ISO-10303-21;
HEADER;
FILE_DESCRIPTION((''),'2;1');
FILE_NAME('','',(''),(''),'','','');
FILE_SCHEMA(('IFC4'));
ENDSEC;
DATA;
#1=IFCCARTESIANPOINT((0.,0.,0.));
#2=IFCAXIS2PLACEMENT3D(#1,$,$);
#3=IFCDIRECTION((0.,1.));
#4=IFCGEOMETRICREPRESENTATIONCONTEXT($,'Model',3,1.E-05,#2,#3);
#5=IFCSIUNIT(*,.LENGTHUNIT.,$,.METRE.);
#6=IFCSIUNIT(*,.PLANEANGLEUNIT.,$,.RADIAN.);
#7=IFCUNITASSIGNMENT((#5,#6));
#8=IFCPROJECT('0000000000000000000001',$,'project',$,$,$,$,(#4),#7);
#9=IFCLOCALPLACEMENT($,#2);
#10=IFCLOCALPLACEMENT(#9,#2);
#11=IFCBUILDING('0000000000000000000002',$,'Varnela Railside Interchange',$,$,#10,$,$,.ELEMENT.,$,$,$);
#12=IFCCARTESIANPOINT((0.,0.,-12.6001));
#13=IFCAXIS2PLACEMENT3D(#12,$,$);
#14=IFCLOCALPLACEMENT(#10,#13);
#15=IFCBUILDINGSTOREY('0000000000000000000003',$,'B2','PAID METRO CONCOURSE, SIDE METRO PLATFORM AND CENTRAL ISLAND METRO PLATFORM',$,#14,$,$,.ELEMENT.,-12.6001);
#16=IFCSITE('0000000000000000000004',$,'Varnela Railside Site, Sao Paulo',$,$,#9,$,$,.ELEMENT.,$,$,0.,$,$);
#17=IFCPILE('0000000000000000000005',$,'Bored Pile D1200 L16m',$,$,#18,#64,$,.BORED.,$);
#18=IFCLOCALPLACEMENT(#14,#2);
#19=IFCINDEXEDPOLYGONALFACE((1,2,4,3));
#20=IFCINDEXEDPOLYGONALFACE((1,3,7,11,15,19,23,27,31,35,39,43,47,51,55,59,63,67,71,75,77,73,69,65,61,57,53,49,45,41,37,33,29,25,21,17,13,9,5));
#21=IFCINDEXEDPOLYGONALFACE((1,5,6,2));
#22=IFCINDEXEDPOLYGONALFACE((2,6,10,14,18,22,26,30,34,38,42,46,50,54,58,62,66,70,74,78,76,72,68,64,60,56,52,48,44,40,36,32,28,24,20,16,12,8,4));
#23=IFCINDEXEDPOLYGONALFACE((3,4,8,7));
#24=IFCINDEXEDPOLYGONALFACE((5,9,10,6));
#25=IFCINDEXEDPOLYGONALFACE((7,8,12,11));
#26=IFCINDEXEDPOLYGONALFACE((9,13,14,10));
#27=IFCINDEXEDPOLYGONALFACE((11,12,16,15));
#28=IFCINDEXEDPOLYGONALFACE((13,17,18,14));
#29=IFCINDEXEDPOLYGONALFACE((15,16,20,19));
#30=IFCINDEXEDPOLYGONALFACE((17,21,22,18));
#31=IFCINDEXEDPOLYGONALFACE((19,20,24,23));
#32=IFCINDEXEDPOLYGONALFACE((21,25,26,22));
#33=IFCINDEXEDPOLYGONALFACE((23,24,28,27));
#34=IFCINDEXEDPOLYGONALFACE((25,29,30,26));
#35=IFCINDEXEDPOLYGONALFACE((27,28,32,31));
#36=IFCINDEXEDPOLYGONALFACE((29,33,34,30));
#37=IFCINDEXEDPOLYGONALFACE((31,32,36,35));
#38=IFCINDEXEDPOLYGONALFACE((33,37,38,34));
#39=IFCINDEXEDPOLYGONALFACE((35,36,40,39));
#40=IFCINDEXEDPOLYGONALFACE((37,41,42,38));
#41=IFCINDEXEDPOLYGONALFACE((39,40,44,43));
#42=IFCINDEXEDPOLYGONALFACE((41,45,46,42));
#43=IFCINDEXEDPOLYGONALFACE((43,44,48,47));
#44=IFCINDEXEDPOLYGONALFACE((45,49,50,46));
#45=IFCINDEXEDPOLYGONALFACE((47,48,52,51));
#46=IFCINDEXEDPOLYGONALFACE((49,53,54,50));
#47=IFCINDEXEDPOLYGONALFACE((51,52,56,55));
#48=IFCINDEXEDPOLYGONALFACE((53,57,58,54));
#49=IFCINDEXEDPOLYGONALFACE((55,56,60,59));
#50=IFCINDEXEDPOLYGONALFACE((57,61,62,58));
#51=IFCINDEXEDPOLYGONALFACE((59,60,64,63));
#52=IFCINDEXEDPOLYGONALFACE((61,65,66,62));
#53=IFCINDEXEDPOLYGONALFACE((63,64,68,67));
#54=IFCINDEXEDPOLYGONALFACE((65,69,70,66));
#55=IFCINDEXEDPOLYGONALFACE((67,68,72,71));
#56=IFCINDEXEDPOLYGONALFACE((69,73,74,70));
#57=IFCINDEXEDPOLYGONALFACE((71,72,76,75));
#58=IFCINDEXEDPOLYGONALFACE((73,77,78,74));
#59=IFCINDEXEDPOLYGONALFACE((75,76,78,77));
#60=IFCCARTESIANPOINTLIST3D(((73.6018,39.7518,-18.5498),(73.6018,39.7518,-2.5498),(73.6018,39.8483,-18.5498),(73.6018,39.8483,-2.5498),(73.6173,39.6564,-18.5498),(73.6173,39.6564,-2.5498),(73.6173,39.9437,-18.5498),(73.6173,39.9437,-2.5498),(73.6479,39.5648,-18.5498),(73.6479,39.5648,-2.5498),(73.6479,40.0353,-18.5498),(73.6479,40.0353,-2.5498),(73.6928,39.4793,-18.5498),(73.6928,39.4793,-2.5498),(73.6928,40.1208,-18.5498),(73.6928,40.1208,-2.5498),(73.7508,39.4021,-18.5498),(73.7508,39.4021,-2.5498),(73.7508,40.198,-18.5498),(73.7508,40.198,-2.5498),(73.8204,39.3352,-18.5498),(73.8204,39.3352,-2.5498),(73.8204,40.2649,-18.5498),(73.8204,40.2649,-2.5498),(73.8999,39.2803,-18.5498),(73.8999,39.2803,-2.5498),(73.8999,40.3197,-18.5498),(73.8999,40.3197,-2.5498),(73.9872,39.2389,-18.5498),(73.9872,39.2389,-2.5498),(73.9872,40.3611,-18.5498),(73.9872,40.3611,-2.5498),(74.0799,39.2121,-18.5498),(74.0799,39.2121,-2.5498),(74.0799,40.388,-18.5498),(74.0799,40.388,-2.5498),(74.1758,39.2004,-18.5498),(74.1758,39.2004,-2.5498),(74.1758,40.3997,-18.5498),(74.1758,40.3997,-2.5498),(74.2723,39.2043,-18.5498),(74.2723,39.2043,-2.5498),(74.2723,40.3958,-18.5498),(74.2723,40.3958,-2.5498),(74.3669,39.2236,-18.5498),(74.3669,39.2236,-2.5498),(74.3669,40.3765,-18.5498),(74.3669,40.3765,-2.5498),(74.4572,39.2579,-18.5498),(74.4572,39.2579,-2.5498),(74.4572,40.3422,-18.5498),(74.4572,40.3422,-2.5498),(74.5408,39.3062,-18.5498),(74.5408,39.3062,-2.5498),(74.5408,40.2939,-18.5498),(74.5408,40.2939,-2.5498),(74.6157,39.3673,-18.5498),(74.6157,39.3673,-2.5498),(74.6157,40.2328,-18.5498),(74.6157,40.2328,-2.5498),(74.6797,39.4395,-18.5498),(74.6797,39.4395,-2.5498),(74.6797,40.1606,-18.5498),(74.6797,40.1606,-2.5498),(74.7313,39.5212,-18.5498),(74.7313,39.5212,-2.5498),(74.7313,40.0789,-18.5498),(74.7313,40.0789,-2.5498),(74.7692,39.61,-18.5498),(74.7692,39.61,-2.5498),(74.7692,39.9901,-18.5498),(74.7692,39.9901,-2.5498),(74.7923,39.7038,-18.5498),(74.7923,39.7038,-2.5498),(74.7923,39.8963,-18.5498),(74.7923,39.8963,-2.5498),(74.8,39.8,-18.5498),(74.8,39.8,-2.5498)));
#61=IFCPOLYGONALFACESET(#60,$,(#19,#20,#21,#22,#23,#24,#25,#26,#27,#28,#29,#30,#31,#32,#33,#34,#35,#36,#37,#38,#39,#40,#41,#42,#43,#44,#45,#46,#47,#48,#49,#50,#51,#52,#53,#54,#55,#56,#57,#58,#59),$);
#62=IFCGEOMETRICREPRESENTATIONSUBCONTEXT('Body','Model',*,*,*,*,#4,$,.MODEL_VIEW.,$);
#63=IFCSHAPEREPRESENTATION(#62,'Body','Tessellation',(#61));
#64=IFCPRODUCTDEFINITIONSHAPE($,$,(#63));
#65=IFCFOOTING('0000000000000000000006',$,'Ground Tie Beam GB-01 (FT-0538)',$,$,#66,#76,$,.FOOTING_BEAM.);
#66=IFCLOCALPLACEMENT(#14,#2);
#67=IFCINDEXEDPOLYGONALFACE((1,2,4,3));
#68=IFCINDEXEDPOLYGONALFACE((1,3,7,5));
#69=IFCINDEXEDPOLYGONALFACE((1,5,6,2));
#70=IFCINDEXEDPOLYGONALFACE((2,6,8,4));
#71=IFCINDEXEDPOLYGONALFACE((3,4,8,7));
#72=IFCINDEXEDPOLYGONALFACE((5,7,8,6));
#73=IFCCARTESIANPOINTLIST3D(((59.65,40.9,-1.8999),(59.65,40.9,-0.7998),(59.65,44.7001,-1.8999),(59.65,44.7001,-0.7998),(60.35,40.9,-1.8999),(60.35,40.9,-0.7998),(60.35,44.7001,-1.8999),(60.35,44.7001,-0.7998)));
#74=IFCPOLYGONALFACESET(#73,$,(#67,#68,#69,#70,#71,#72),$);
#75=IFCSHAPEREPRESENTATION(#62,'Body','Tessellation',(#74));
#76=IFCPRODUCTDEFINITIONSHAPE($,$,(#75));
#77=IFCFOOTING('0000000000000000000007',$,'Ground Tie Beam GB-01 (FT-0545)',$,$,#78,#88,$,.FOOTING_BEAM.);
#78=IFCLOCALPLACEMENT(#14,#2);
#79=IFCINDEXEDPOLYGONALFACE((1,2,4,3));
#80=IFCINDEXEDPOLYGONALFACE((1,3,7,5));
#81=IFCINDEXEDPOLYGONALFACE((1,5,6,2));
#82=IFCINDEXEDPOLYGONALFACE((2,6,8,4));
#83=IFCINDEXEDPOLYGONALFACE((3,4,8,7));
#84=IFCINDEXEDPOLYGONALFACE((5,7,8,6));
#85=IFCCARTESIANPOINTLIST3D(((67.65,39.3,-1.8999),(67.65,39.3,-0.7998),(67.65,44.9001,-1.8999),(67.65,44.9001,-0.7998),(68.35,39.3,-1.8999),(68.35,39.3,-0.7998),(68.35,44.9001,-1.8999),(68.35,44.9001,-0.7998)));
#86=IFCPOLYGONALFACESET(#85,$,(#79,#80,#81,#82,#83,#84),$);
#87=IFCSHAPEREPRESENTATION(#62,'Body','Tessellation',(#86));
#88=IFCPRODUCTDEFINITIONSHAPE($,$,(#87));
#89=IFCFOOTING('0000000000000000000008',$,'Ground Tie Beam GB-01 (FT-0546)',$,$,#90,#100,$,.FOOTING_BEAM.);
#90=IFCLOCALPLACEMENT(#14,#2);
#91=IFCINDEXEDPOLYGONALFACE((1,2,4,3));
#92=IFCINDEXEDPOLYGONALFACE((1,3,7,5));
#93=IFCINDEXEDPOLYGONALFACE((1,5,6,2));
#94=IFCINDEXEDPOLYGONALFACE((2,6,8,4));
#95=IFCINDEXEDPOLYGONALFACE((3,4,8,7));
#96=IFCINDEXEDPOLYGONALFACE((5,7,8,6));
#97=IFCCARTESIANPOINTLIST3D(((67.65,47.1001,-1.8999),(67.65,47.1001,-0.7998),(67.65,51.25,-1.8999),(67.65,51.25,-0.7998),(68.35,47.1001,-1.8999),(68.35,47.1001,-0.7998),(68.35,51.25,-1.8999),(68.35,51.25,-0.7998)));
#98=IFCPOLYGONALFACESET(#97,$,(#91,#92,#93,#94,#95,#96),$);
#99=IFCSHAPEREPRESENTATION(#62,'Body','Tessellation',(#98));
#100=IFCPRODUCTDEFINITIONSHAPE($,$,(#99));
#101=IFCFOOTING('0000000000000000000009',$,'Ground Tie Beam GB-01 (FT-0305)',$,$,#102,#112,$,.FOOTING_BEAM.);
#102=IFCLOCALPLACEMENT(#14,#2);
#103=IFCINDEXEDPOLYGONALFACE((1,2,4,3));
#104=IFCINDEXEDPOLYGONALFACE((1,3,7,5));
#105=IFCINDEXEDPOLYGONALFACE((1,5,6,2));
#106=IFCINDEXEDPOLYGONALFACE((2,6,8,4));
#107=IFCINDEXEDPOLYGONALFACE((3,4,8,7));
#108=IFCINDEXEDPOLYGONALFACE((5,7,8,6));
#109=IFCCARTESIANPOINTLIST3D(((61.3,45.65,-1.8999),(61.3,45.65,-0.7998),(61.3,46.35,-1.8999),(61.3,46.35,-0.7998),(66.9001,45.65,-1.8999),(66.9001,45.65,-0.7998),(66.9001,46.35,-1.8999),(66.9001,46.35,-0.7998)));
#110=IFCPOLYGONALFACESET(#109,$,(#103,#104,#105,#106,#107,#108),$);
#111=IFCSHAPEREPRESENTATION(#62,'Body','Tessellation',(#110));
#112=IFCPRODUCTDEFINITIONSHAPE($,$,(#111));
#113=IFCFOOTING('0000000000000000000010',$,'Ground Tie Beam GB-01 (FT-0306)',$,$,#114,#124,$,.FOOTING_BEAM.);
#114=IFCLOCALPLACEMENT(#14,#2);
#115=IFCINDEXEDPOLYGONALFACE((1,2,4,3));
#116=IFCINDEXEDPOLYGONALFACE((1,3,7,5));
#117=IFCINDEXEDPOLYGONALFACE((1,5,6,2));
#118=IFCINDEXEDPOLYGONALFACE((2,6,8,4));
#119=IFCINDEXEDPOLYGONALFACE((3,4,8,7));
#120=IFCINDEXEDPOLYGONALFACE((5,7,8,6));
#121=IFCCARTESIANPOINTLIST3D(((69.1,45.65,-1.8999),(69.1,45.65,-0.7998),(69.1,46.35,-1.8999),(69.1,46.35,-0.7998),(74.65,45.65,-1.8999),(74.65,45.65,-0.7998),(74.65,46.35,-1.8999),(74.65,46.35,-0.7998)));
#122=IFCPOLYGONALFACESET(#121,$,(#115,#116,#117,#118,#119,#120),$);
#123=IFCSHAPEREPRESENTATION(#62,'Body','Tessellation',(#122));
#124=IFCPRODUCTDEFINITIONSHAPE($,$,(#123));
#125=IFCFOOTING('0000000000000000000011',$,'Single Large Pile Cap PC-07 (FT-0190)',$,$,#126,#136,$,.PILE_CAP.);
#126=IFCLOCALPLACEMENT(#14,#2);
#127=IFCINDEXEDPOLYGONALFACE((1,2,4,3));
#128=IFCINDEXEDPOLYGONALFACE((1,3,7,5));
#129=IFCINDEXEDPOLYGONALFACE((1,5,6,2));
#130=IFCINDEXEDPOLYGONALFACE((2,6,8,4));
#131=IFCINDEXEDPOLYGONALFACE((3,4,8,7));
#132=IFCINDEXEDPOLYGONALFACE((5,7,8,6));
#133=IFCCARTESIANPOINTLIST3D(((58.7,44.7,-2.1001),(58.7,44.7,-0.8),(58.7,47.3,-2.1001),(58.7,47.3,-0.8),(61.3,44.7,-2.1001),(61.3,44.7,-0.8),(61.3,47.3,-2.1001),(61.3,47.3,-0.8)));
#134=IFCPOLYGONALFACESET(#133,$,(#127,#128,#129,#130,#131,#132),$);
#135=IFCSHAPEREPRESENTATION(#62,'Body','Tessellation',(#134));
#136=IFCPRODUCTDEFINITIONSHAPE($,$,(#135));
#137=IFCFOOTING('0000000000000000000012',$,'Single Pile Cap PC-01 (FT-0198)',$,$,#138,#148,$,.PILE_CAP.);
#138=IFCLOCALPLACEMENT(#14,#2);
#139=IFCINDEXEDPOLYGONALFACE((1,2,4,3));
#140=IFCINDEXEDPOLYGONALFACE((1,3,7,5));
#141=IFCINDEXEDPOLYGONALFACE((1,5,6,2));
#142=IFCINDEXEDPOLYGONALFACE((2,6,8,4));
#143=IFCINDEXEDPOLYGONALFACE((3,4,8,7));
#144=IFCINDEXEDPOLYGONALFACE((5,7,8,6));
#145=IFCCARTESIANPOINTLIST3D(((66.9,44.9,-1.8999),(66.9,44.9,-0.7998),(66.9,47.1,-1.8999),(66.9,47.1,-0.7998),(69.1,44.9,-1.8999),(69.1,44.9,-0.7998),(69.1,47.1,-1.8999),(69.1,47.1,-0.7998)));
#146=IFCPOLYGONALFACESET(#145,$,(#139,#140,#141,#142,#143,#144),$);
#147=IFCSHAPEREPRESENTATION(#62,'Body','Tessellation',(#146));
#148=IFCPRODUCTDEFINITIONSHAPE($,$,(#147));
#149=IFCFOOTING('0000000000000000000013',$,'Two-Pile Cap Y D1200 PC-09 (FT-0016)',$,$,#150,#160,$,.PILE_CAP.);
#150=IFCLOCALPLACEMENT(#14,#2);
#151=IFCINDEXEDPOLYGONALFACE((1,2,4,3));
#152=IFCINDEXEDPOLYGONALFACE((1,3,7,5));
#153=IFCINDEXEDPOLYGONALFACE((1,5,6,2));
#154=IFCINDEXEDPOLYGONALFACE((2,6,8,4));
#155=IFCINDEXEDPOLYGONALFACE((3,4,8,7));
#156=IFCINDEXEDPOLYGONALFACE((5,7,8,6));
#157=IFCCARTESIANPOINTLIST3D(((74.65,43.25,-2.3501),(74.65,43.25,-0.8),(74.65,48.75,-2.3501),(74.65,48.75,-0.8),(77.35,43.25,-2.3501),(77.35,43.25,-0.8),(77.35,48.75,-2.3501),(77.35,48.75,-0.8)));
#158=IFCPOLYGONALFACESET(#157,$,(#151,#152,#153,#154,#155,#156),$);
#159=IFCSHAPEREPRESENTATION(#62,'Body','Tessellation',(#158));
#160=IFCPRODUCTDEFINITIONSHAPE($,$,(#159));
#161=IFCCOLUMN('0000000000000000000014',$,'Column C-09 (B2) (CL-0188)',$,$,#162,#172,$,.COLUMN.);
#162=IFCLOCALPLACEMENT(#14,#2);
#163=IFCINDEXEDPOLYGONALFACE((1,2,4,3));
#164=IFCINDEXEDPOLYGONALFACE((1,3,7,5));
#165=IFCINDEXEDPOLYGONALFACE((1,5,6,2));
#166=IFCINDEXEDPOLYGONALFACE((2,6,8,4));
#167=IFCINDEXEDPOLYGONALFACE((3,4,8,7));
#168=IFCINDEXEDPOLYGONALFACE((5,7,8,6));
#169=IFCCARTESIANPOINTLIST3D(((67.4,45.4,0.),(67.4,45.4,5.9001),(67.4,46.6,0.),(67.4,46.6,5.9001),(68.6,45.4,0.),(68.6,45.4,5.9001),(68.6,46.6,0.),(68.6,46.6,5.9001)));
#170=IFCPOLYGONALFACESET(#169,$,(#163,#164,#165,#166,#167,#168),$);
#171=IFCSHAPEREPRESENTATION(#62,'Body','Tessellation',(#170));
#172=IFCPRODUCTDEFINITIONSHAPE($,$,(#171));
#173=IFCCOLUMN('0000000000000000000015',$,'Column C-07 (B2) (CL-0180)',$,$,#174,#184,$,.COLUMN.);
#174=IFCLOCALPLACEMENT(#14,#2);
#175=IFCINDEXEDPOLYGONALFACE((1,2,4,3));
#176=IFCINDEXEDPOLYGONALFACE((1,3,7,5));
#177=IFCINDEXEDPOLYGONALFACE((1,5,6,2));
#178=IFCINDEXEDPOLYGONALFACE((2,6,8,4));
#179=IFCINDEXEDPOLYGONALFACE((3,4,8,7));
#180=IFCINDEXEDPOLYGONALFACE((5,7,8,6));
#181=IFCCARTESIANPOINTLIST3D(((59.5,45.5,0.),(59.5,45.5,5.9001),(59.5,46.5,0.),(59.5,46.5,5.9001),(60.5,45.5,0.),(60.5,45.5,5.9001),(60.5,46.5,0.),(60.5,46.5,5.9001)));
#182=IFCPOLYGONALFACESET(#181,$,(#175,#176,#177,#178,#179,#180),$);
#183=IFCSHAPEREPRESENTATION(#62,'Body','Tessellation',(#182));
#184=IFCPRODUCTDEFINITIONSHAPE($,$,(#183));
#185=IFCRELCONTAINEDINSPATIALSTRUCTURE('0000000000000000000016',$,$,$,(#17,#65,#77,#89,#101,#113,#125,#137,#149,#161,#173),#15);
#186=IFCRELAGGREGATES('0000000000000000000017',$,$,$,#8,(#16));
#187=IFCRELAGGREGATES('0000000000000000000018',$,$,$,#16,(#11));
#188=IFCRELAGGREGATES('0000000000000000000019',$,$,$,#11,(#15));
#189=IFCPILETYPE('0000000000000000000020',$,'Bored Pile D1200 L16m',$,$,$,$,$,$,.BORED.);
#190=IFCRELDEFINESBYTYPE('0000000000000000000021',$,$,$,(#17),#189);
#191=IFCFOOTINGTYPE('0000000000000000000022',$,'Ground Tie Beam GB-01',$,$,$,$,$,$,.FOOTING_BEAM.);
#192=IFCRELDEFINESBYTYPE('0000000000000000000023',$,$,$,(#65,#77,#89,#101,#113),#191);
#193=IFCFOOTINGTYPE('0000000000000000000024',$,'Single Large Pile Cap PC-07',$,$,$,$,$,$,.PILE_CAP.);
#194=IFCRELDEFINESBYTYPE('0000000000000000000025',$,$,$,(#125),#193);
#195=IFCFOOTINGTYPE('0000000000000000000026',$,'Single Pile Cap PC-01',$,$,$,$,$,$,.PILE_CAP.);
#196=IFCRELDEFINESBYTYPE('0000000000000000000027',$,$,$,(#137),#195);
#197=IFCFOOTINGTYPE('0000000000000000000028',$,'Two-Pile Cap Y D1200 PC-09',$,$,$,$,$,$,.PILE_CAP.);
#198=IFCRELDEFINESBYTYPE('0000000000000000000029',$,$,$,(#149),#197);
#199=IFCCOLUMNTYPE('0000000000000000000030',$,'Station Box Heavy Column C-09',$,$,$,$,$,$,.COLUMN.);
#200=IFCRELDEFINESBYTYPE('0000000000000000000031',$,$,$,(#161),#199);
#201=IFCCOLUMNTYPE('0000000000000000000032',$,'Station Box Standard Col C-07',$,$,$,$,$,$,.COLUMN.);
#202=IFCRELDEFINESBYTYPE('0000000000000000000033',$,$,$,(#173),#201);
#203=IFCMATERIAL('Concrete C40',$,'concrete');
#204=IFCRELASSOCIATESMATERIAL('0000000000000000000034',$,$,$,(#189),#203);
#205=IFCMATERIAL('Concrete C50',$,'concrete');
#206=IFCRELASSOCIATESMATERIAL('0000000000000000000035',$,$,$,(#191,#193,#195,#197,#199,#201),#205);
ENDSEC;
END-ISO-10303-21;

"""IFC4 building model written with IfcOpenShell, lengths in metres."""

from ifc_helpers import new_model, si_unit, direction, frame, origin, origin_2d, place, context, subcontext, project, spatial, rectangle, circle, extrude, material, material_profile, profile_set, type_object, element, save


model = new_model("IFC4")

# Units and contexts
model_context = context("Model", 3, precision=1e-05, world=origin(), true_north=direction((0.0, 1.0)))
body_context = subcontext(model_context, "Body", "Model", "MODEL_VIEW")
ifc_project = project(units=[si_unit("LENGTHUNIT", "METRE"), si_unit("PLANEANGLEUNIT", "RADIAN")], contexts=[model_context])

# Site, building, storey
site_placement = place(None, origin())
site = spatial("IfcSite", under=ifc_project, at=site_placement, Name="Varnela Railside Site, Sao Paulo", CompositionType="ELEMENT", RefElevation=0.0)
building_placement = place(site_placement, origin())
building = spatial("IfcBuilding", under=site, at=building_placement, Name="Varnela Railside Interchange", CompositionType="ELEMENT")
storey_placement = place(building_placement, frame((0.0, 0.0, -12.6001)))
storey = spatial("IfcBuildingStorey", under=building, at=storey_placement, Name="B2", Description="PAID METRO CONCOURSE, SIDE METRO PLATFORM AND CENTRAL ISLAND METRO PLATFORM", CompositionType="ELEMENT", Elevation=-12.6001)

# Shared definitions
ifc_material_1 = material(Name="Concrete C50", Category="concrete")

# Pile
ifc_material_2 = material(Name="Concrete C40", Category="concrete")
ifc_material_profile_1 = material_profile(ifc_material_2, circle(Radius=0.6001, at=origin_2d()), Name="BORED PILE D1200")
ifc_profile_set_1 = profile_set([ifc_material_profile_1], Name="Concrete C40")
pile_type_1 = type_object("IfcPileType", Name="Bored Pile D1200 L16m", PredefinedType="BORED", material=ifc_profile_set_1)
for number, where, z_axis, x_axis, name in (
    (1, (74.2, 39.8, -2.5498), (0.0, 0.0, -1.0), (1.0, 0.0, 0.0), "Bored Pile D1200 L16m"),
):
    element("IfcPile", number, at=place(storey_placement, frame(where, z_axis=z_axis, x_axis=x_axis)), inside=storey, type_object=pile_type_1, Name=name, PredefinedType="BORED", context=body_context, shape_type="SweptSolid", body=[
        extrude(circle(Radius=0.6001, at=origin_2d()), origin(), (0.0, 0.0, 1.0), 16.0),
    ])

# Footings
footing_type_1 = type_object("IfcFootingType", Name="Ground Tie Beam GB-01", PredefinedType="FOOTING_BEAM", material=ifc_material_1)
footing_1_placement = place(storey_placement, frame((60.0, 42.8, -1.8999), z_axis=(0.0, 0.0, 1.0), x_axis=(1.0, 0.0, 0.0)))
element("IfcFooting", 2, at=footing_1_placement, inside=storey, type_object=footing_type_1, Name="Ground Tie Beam GB-01 (FT-0538)", PredefinedType="FOOTING_BEAM", context=body_context, shape_type="SweptSolid", body=[
    extrude(rectangle(XDim=0.7, YDim=3.8, at=origin_2d()), origin(), (0.0, 0.0, 1.0), 1.1001),
])
footing_2_placement = place(storey_placement, frame((68.0, 42.1001, -1.8999), z_axis=(0.0, 0.0, 1.0), x_axis=(1.0, 0.0, 0.0)))
element("IfcFooting", 3, at=footing_2_placement, inside=storey, type_object=footing_type_1, Name="Ground Tie Beam GB-01 (FT-0545)", PredefinedType="FOOTING_BEAM", context=body_context, shape_type="SweptSolid", body=[
    extrude(rectangle(XDim=0.7, YDim=5.6001, at=origin_2d()), origin(), (0.0, 0.0, 1.0), 1.1001),
])
footing_3_placement = place(storey_placement, frame((68.0, 49.175, -1.8999), z_axis=(0.0, 0.0, 1.0), x_axis=(1.0, 0.0, 0.0)))
element("IfcFooting", 4, at=footing_3_placement, inside=storey, type_object=footing_type_1, Name="Ground Tie Beam GB-01 (FT-0546)", PredefinedType="FOOTING_BEAM", context=body_context, shape_type="SweptSolid", body=[
    extrude(rectangle(XDim=0.7, YDim=4.1499, at=origin_2d()), origin(), (0.0, 0.0, 1.0), 1.1001),
])
footing_4_placement = place(storey_placement, frame((64.1001, 46.0, -1.8999), z_axis=(0.0, 0.0, 1.0), x_axis=(1.0, 0.0, 0.0)))
element("IfcFooting", 5, at=footing_4_placement, inside=storey, type_object=footing_type_1, Name="Ground Tie Beam GB-01 (FT-0305)", PredefinedType="FOOTING_BEAM", context=body_context, shape_type="SweptSolid", body=[
    extrude(rectangle(XDim=5.6001, YDim=0.7, at=origin_2d()), origin(), (0.0, 0.0, 1.0), 1.1001),
])
footing_5_placement = place(storey_placement, frame((71.875, 46.0, -1.8999), z_axis=(0.0, 0.0, 1.0), x_axis=(1.0, 0.0, 0.0)))
element("IfcFooting", 6, at=footing_5_placement, inside=storey, type_object=footing_type_1, Name="Ground Tie Beam GB-01 (FT-0306)", PredefinedType="FOOTING_BEAM", context=body_context, shape_type="SweptSolid", body=[
    extrude(rectangle(XDim=5.55, YDim=0.7, at=origin_2d()), origin(), (0.0, 0.0, 1.0), 1.1001),
])
footing_type_2 = type_object("IfcFootingType", Name="Single Large Pile Cap PC-07", PredefinedType="PILE_CAP", material=ifc_material_1)
footing_6_placement = place(storey_placement, frame((60.0, 46.0, -2.1001), z_axis=(0.0, 0.0, 1.0), x_axis=(1.0, 0.0, 0.0)))
element("IfcFooting", 7, at=footing_6_placement, inside=storey, type_object=footing_type_2, Name="Single Large Pile Cap PC-07 (FT-0190)", PredefinedType="PILE_CAP", context=body_context, shape_type="SweptSolid", body=[
    extrude(rectangle(XDim=2.6001, YDim=2.6001, at=origin_2d()), origin(), (0.0, 0.0, 1.0), 1.3),
])
footing_type_3 = type_object("IfcFootingType", Name="Single Pile Cap PC-01", PredefinedType="PILE_CAP", material=ifc_material_1)
footing_7_placement = place(storey_placement, frame((68.0, 46.0, -1.8999), z_axis=(0.0, 0.0, 1.0), x_axis=(1.0, 0.0, 0.0)))
element("IfcFooting", 8, at=footing_7_placement, inside=storey, type_object=footing_type_3, Name="Single Pile Cap PC-01 (FT-0198)", PredefinedType="PILE_CAP", context=body_context, shape_type="SweptSolid", body=[
    extrude(rectangle(XDim=2.2, YDim=2.2, at=origin_2d()), origin(), (0.0, 0.0, 1.0), 1.1001),
])
footing_type_4 = type_object("IfcFootingType", Name="Two-Pile Cap Y D1200 PC-09", PredefinedType="PILE_CAP", material=ifc_material_1)
footing_8_placement = place(storey_placement, frame((76.0, 46.0, -2.3501), z_axis=(0.0, 0.0, 1.0), x_axis=(1.0, 0.0, 0.0)))
element("IfcFooting", 9, at=footing_8_placement, inside=storey, type_object=footing_type_4, Name="Two-Pile Cap Y D1200 PC-09 (FT-0016)", PredefinedType="PILE_CAP", context=body_context, shape_type="SweptSolid", body=[
    extrude(rectangle(XDim=2.7, YDim=5.5, at=origin_2d()), origin(), (0.0, 0.0, 1.0), 1.55),
])

# Columns
ifc_material_profile_2 = material_profile(ifc_material_1, rectangle(XDim=1.2, YDim=1.2, at=origin_2d()), Name="RC 1200x1200")
ifc_profile_set_2 = profile_set([ifc_material_profile_2], Name="Concrete C50")
column_type_1 = type_object("IfcColumnType", Name="Station Box Heavy Column C-09", PredefinedType="COLUMN", material=ifc_profile_set_2)
column_1_placement = place(storey_placement, frame((68.0, 46.0, 0.0), z_axis=(0.0, 0.0, 1.0), x_axis=(1.0, 0.0, 0.0)))
element("IfcColumn", 10, at=column_1_placement, inside=storey, type_object=column_type_1, Name="Column C-09 (B2) (CL-0188)", PredefinedType="COLUMN", context=body_context, shape_type="SweptSolid", body=[
    extrude(rectangle(XDim=1.2, YDim=1.2, at=origin_2d()), origin(), (0.0, 0.0, 1.0), 5.9001),
])
ifc_material_profile_3 = material_profile(ifc_material_1, rectangle(XDim=1.0, YDim=1.0, at=origin_2d()), Name="RC 1000x1000")
ifc_profile_set_3 = profile_set([ifc_material_profile_3], Name="Concrete C50")
column_type_2 = type_object("IfcColumnType", Name="Station Box Standard Col C-07", PredefinedType="COLUMN", material=ifc_profile_set_3)
column_2_placement = place(storey_placement, frame((60.0, 46.0, 0.0), z_axis=(0.0, 0.0, 1.0), x_axis=(1.0, 0.0, 0.0)))
element("IfcColumn", 11, at=column_2_placement, inside=storey, type_object=column_type_2, Name="Column C-07 (B2) (CL-0180)", PredefinedType="COLUMN", context=body_context, shape_type="SweptSolid", body=[
    extrude(rectangle(XDim=1.0, YDim=1.0, at=origin_2d()), origin(), (0.0, 0.0, 1.0), 5.9001),
])

save(model, "model.ifc")
